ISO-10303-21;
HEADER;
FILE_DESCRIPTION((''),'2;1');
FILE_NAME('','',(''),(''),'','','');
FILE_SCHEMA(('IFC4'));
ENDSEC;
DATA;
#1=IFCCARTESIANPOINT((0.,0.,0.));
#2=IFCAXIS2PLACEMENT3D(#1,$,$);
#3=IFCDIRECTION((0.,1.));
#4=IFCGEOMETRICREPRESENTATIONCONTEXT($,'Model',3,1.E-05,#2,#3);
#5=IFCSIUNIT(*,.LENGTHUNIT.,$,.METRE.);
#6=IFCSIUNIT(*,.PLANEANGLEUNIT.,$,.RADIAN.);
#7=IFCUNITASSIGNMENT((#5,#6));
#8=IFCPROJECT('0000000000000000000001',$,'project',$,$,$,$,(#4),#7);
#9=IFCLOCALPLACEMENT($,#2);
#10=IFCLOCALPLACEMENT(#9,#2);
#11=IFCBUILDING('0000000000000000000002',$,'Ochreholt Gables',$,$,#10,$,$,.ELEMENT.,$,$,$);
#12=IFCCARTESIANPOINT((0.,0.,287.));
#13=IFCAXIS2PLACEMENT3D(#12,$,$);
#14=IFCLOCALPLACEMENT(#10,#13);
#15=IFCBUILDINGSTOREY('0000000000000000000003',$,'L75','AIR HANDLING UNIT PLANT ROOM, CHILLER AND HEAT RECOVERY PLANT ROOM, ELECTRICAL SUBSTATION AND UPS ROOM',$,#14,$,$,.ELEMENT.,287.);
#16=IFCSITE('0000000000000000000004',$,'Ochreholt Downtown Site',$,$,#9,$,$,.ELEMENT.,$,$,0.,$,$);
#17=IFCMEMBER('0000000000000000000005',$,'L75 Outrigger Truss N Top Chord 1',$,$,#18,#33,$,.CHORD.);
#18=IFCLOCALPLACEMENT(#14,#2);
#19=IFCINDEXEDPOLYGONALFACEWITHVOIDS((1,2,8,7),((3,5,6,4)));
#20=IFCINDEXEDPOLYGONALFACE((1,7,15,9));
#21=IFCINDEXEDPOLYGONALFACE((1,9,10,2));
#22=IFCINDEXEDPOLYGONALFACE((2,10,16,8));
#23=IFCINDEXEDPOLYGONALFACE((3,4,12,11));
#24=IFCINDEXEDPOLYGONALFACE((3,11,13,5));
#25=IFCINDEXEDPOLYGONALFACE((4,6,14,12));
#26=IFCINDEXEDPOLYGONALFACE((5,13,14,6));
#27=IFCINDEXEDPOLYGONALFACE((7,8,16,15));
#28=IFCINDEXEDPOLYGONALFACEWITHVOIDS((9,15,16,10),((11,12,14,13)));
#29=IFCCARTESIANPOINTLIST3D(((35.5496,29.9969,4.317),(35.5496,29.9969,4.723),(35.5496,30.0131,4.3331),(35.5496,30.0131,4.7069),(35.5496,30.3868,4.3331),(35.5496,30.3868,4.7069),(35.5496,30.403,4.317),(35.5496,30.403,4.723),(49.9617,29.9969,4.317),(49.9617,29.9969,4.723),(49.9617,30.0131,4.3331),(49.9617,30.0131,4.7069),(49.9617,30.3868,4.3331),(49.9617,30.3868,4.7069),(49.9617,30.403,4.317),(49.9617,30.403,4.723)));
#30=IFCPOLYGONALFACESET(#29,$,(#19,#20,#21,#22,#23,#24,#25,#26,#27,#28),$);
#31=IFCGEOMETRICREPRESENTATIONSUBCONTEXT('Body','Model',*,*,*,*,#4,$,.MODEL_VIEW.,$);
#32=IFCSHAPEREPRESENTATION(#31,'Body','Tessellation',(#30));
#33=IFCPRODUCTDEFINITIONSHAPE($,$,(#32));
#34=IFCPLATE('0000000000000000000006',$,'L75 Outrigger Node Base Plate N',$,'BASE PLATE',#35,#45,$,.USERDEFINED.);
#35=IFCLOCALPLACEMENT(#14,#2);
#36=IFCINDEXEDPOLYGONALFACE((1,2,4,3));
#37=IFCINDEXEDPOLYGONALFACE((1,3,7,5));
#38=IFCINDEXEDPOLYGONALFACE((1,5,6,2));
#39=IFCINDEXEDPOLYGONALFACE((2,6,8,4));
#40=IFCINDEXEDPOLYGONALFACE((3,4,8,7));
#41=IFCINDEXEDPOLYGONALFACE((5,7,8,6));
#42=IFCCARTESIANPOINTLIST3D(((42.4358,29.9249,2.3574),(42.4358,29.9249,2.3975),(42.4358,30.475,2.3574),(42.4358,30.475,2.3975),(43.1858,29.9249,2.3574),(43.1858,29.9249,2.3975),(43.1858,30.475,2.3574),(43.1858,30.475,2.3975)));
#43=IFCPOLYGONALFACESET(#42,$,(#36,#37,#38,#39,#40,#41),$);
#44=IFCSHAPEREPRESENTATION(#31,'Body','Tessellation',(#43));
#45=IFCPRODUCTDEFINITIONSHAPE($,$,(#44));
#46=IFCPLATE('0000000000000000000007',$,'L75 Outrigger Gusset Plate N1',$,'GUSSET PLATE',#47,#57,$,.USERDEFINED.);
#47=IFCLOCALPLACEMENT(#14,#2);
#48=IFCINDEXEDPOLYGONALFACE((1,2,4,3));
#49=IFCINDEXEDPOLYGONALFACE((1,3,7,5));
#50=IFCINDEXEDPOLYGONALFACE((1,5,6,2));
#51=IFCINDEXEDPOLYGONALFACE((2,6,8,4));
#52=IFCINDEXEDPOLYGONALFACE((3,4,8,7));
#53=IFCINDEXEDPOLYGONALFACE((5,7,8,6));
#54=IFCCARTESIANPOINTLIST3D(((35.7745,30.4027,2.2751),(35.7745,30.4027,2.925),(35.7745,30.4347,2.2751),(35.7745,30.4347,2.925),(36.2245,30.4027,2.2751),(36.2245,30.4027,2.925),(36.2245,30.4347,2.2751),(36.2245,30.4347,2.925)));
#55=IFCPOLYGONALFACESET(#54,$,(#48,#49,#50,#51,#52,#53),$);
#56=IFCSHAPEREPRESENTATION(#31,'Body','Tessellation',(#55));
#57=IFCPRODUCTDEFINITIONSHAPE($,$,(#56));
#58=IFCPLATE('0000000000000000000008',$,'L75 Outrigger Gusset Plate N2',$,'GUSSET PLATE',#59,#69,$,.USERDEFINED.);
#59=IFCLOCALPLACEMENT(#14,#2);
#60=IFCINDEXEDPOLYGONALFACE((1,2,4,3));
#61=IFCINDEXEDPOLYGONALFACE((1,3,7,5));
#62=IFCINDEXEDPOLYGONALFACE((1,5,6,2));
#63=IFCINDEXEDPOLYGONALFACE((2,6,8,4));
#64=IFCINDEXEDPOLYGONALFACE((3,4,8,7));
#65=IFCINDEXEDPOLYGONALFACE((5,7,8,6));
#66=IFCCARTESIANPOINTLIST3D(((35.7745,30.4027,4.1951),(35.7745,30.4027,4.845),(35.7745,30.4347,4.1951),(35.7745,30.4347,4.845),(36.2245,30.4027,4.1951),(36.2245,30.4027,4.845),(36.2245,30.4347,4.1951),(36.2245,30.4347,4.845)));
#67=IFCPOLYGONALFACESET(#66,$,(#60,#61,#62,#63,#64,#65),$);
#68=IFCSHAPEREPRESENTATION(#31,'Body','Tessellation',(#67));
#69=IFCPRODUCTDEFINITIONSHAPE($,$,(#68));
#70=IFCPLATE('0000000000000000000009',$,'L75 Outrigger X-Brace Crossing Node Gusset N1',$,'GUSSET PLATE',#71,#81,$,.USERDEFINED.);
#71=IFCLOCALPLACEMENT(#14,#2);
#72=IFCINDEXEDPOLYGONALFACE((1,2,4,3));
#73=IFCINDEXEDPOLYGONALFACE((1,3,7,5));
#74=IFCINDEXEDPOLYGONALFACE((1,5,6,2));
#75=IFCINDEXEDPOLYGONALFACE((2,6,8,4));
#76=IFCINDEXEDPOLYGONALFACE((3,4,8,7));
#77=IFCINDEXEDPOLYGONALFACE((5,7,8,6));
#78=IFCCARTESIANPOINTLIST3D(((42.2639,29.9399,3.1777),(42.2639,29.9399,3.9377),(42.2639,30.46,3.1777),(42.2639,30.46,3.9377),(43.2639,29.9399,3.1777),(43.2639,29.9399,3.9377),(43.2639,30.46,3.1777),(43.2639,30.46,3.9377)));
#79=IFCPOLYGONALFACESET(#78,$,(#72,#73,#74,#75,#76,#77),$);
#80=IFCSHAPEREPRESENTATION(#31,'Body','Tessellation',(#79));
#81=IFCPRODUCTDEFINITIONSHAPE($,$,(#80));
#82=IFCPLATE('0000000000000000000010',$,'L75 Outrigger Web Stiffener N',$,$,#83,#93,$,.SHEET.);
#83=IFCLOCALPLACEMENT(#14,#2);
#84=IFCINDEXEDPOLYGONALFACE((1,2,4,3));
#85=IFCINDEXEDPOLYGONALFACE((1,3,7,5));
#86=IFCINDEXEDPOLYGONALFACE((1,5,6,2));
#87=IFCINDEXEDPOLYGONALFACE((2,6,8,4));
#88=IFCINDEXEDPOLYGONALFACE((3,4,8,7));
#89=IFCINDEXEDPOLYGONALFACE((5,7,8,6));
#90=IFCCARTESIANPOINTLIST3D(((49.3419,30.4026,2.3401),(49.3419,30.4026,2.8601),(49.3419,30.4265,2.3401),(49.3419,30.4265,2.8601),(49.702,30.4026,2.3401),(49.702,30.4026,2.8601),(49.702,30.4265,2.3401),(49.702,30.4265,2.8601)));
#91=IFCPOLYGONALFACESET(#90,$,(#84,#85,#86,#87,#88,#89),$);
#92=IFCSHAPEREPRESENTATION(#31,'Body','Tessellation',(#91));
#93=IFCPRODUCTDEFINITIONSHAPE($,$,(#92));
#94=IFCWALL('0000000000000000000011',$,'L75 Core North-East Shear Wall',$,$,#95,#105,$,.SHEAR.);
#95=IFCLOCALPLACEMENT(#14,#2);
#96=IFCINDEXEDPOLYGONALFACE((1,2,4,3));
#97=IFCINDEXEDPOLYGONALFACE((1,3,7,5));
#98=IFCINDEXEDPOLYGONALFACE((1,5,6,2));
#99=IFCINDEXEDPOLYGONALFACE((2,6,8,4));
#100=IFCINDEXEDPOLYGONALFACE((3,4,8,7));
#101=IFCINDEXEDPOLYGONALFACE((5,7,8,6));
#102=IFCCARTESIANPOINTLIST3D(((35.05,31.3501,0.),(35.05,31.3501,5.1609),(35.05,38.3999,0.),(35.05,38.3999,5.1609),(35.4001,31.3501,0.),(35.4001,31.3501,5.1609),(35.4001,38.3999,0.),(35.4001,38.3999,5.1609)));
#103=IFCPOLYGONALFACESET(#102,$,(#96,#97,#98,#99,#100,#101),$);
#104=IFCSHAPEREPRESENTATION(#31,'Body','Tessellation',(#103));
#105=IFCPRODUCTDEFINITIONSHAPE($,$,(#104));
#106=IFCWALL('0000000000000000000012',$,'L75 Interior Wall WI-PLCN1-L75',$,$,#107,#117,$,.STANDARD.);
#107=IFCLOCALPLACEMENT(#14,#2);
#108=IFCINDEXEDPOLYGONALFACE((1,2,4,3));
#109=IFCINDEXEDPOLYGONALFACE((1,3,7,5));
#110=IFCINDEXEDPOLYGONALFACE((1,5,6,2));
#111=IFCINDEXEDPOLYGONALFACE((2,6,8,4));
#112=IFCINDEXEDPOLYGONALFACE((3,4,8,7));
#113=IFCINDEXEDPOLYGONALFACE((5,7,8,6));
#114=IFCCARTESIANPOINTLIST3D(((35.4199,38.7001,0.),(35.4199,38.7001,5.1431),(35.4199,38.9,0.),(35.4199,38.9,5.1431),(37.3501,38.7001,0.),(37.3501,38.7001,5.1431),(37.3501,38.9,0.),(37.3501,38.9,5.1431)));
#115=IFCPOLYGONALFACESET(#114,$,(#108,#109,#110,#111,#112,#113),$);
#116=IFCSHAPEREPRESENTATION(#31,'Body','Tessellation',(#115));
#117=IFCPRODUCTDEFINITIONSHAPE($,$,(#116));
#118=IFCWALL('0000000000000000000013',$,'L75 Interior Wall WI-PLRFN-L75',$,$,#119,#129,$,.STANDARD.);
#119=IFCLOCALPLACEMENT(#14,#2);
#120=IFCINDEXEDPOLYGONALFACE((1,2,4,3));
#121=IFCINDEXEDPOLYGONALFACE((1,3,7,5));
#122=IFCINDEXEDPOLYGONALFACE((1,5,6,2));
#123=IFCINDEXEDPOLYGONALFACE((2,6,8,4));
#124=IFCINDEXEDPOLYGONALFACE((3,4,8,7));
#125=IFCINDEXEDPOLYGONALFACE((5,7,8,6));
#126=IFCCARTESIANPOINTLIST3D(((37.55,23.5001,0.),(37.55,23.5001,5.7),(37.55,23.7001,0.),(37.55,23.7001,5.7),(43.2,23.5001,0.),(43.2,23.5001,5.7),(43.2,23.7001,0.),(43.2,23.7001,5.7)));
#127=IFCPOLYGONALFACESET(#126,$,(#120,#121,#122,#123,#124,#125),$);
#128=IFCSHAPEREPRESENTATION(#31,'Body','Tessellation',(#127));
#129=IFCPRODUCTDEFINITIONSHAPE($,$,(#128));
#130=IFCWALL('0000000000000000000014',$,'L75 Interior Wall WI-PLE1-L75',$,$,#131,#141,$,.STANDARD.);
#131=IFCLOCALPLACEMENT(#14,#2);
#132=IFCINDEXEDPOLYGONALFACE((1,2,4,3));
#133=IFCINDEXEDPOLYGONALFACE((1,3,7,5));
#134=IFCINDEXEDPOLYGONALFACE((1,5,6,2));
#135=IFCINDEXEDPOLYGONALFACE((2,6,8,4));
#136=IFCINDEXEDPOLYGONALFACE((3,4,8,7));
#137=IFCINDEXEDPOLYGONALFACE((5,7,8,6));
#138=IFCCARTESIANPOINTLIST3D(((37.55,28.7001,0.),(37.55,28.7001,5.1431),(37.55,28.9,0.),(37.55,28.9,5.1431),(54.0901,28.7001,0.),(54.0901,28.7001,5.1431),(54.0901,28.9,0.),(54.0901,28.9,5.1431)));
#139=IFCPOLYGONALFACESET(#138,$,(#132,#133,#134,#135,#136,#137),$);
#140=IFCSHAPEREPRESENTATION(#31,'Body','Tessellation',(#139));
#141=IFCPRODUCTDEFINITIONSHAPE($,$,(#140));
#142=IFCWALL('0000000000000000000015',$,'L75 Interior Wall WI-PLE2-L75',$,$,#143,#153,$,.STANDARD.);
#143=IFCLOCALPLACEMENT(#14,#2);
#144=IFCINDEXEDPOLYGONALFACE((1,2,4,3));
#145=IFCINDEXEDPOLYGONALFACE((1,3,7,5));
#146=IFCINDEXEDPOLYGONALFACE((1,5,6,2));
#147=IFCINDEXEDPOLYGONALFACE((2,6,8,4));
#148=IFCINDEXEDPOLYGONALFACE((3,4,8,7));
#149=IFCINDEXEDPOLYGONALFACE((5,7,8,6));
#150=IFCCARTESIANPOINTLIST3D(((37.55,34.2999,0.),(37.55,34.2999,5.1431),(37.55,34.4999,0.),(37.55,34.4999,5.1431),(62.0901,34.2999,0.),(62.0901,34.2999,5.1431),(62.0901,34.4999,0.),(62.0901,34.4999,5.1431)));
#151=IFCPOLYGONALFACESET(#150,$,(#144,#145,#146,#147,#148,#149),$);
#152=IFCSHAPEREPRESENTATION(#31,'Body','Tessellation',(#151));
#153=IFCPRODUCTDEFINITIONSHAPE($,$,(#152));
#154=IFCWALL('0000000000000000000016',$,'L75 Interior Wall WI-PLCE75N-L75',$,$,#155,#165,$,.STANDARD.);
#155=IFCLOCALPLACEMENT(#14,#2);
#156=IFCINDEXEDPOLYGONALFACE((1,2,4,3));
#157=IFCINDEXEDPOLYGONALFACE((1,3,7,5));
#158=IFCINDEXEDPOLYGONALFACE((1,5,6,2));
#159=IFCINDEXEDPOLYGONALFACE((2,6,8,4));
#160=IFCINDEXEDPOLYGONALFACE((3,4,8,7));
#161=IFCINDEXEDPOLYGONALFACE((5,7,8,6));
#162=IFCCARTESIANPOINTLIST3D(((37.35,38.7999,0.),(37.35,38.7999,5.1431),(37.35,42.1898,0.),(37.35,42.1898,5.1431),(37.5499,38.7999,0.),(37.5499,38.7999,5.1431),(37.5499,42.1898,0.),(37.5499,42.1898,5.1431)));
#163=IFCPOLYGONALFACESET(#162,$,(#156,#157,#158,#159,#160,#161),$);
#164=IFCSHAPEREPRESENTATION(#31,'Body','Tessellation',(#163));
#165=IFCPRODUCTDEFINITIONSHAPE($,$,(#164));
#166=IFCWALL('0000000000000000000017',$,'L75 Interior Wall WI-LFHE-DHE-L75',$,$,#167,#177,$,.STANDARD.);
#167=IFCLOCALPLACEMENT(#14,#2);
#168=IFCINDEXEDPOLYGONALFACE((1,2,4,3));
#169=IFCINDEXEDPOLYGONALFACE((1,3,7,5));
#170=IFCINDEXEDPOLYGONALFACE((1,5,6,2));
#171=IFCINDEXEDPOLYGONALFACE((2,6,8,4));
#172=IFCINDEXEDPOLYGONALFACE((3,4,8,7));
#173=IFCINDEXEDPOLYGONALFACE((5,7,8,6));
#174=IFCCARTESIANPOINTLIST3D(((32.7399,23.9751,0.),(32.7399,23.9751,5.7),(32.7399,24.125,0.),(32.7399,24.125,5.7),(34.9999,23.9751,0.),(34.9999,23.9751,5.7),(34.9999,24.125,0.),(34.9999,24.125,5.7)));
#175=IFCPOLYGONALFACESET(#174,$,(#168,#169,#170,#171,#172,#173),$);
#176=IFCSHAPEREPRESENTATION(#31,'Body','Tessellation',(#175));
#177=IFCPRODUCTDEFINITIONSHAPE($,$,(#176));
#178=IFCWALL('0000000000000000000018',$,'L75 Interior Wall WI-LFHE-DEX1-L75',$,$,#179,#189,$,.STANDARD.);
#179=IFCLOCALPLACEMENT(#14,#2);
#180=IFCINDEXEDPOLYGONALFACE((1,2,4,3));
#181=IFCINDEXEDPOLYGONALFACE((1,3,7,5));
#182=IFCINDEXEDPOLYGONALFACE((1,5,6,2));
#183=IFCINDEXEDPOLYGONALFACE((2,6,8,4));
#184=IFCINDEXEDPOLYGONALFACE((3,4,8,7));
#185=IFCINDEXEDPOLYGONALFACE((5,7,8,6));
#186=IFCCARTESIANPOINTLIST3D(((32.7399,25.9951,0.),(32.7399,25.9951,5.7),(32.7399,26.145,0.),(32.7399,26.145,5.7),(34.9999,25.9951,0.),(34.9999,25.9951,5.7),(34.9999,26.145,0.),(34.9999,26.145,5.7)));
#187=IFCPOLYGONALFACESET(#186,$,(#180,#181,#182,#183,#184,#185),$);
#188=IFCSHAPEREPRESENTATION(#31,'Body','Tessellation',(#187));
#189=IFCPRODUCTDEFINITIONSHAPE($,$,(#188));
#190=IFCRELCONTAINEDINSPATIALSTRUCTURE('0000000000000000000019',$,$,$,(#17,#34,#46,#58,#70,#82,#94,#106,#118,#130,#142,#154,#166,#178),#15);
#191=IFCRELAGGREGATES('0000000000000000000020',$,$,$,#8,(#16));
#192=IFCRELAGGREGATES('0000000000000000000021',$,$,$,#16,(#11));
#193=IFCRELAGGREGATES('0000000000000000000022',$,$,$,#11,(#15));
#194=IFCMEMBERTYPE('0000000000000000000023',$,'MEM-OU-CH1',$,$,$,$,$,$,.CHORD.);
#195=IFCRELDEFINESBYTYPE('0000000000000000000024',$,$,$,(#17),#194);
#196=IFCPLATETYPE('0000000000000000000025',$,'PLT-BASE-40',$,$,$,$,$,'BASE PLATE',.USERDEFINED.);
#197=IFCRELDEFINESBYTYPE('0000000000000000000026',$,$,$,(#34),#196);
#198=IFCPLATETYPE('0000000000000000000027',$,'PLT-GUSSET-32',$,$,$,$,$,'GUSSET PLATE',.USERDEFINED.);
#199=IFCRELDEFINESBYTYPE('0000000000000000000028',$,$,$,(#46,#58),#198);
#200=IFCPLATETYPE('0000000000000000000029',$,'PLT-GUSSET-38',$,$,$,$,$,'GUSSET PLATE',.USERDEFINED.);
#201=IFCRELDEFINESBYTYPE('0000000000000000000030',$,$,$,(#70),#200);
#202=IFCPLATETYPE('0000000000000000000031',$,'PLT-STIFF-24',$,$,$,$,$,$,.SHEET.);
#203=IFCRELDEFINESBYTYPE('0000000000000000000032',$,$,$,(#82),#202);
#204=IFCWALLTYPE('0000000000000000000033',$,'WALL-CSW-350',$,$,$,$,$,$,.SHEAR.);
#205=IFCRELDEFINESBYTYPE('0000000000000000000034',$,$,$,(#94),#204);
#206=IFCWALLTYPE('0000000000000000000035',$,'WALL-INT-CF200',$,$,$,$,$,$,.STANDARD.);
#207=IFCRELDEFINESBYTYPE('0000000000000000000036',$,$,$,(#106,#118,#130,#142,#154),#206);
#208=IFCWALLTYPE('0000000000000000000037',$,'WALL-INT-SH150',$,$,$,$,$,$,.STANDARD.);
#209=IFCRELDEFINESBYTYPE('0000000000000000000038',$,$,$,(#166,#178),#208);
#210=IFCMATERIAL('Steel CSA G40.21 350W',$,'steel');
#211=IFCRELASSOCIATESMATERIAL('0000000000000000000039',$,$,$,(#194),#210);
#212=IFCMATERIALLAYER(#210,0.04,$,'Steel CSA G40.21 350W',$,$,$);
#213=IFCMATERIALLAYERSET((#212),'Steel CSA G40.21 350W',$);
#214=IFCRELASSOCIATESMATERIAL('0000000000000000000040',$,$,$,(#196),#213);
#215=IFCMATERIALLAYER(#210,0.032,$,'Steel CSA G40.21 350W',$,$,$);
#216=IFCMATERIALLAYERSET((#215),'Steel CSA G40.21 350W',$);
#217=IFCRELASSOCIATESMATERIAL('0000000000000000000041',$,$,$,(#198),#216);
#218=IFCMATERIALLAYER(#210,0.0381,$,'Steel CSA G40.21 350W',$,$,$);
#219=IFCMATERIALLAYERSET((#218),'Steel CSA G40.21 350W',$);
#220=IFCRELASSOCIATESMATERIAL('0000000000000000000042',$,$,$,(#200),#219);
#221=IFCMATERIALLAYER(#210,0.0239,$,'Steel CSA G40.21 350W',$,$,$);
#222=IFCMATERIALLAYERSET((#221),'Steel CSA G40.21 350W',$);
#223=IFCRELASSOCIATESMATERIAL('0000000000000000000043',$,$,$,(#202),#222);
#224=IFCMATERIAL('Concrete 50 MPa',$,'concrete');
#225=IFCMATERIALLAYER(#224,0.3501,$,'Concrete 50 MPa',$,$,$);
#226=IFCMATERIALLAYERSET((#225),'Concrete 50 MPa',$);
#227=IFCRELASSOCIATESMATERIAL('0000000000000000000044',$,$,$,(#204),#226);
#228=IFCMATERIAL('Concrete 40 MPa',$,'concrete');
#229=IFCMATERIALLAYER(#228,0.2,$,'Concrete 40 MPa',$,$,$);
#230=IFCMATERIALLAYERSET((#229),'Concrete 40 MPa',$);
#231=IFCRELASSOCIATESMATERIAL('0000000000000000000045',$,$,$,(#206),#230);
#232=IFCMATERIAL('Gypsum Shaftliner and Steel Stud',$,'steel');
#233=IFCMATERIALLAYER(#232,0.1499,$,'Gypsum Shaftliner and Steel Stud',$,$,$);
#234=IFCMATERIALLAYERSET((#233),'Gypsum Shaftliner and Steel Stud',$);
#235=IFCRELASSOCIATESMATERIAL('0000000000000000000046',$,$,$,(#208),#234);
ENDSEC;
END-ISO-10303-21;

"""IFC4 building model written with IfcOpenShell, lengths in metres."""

from ifc_helpers import new_model, si_unit, direction, frame, frame_2d, origin, origin_2d, place, context, subcontext, project, spatial, rectangle, hollow_rectangle, extrude, material, layer, layer_set, material_profile, profile_set, type_object, element, save


model = new_model("IFC4")

# Units and contexts
model_context = context("Model", 3, precision=1e-05, world=origin(), true_north=direction((0.0, 1.0)))
body_context = subcontext(model_context, "Body", "Model", "MODEL_VIEW")
ifc_project = project(units=[si_unit("LENGTHUNIT", "METRE"), si_unit("PLANEANGLEUNIT", "RADIAN")], contexts=[model_context])

# Site, building, storey
site_placement = place(None, origin())
site = spatial("IfcSite", under=ifc_project, at=site_placement, Name="Ochreholt Downtown Site", CompositionType="ELEMENT", RefElevation=0.0)
building_placement = place(site_placement, origin())
building = spatial("IfcBuilding", under=site, at=building_placement, Name="Ochreholt Gables", CompositionType="ELEMENT")
storey_placement = place(building_placement, frame((0.0, 0.0, 287.0)))
storey = spatial("IfcBuildingStorey", under=building, at=storey_placement, Name="L75", Description="AIR HANDLING UNIT PLANT ROOM, CHILLER AND HEAT RECOVERY PLANT ROOM, ELECTRICAL SUBSTATION AND UPS ROOM", CompositionType="ELEMENT", Elevation=287.0)

# Shared definitions
ifc_material_1 = material(Name="Concrete 50 MPa", Category="concrete")

# Shared definitions
ifc_material_2 = material(Name="Steel CSA G40.21 350W", Category="steel")

# Member
ifc_material_profile_1 = material_profile(ifc_material_2, hollow_rectangle(XDim=0.406, YDim=0.406, WallThickness=0.0161, at=origin_2d()), Name="HSS406X406X16")
ifc_profile_set_1 = profile_set([ifc_material_profile_1], Name="Steel CSA G40.21 350W")
member_type_1 = type_object("IfcMemberType", Name="MEM-OU-CH1", PredefinedType="CHORD", material=ifc_profile_set_1)
member_1_placement = place(storey_placement, frame((35.5496, 30.2, 4.52), z_axis=(1.0, 0.0, 0.0), x_axis=(0.0, 1.0, 0.0)))
element("IfcMember", 1, at=member_1_placement, inside=storey, type_object=member_type_1, Name="L75 Outrigger Truss N Top Chord 1", PredefinedType="CHORD", context=body_context, shape_type="SweptSolid", body=[
    extrude(hollow_rectangle(XDim=0.406, YDim=0.406, WallThickness=0.0161, at=origin_2d()), origin(), (0.0, 0.0, 1.0), 14.4121),
])

# Plates
ifc_layer_1 = layer(ifc_material_2, 0.04, Name="Steel CSA G40.21 350W")
ifc_layer_set_1 = layer_set([ifc_layer_1], Name="Steel CSA G40.21 350W")
plate_type_1 = type_object("IfcPlateType", Name="PLT-BASE-40", ElementType="BASE PLATE", PredefinedType="USERDEFINED", material=ifc_layer_set_1)
plate_1_placement = place(storey_placement, frame((42.8108, 30.2, 2.3574), z_axis=(0.0, 0.0, 1.0), x_axis=(1.0, 0.0, 0.0)))
element("IfcPlate", 2, at=plate_1_placement, inside=storey, type_object=plate_type_1, Name="L75 Outrigger Node Base Plate N", ObjectType="BASE PLATE", PredefinedType="USERDEFINED", context=body_context, shape_type="SweptSolid", body=[
    extrude(rectangle(XDim=0.75, YDim=0.55, at=origin_2d()), origin(), (0.0, 0.0, 1.0), 0.04),
])
ifc_layer_2 = layer(ifc_material_2, 0.032, Name="Steel CSA G40.21 350W")
ifc_layer_set_2 = layer_set([ifc_layer_2], Name="Steel CSA G40.21 350W")
plate_type_2 = type_object("IfcPlateType", Name="PLT-GUSSET-32", ElementType="GUSSET PLATE", PredefinedType="USERDEFINED", material=ifc_layer_set_2)
for number, where, z_axis, x_axis, name in (
    (3, (35.9995, 30.4187, 2.2751), (0.0, 0.0, 1.0), (1.0, 0.0, 0.0), "L75 Outrigger Gusset Plate N1"),
    (4, (35.9995, 30.4187, 4.1951), (0.0, 0.0, 1.0), (1.0, 0.0, 0.0), "L75 Outrigger Gusset Plate N2"),
):
    element("IfcPlate", number, at=place(storey_placement, frame(where, z_axis=z_axis, x_axis=x_axis)), inside=storey, type_object=plate_type_2, Name=name, ObjectType="GUSSET PLATE", PredefinedType="USERDEFINED", context=body_context, shape_type="SweptSolid", body=[
        extrude(rectangle(XDim=0.45, YDim=0.032, at=origin_2d()), origin(), (0.0, 0.0, 1.0), 0.6499),
    ])
ifc_layer_3 = layer(ifc_material_2, 0.0381, Name="Steel CSA G40.21 350W")
ifc_layer_set_3 = layer_set([ifc_layer_3], Name="Steel CSA G40.21 350W")
plate_type_3 = type_object("IfcPlateType", Name="PLT-GUSSET-38", ElementType="GUSSET PLATE", PredefinedType="USERDEFINED", material=ifc_layer_set_3)
plate_2_placement = place(storey_placement, frame((42.7639, 30.2, 3.1777), z_axis=(0.0, 0.0, 1.0), x_axis=(1.0, 0.0, 0.0)))
element("IfcPlate", 5, at=plate_2_placement, inside=storey, type_object=plate_type_3, Name="L75 Outrigger X-Brace Crossing Node Gusset N1", ObjectType="GUSSET PLATE", PredefinedType="USERDEFINED", context=body_context, shape_type="SweptSolid", body=[
    extrude(rectangle(XDim=1.0, YDim=0.52, at=origin_2d()), origin(), (0.0, 0.0, 1.0), 0.76),
])
ifc_layer_4 = layer(ifc_material_2, 0.0239, Name="Steel CSA G40.21 350W")
ifc_layer_set_4 = layer_set([ifc_layer_4], Name="Steel CSA G40.21 350W")
plate_type_4 = type_object("IfcPlateType", Name="PLT-STIFF-24", PredefinedType="SHEET", material=ifc_layer_set_4)
plate_3_placement = place(storey_placement, frame((49.522, 30.4146, 2.3401), z_axis=(0.0, 0.0, 1.0), x_axis=(1.0, 0.0, 0.0)))
element("IfcPlate", 6, at=plate_3_placement, inside=storey, type_object=plate_type_4, Name="L75 Outrigger Web Stiffener N", PredefinedType="SHEET", context=body_context, shape_type="SweptSolid", body=[
    extrude(rectangle(XDim=0.3601, YDim=0.0239, at=origin_2d()), origin(), (0.0, 0.0, 1.0), 0.52),
])

# Walls
ifc_layer_5 = layer(ifc_material_1, 0.3501, Name="Concrete 50 MPa")
ifc_layer_set_5 = layer_set([ifc_layer_5], Name="Concrete 50 MPa")
wall_type_1 = type_object("IfcWallType", Name="WALL-CSW-350", PredefinedType="SHEAR", material=ifc_layer_set_5)
wall_1_placement = place(storey_placement, frame((35.2251, 31.3501, 0.0), z_axis=(0.0, 0.0, 1.0), x_axis=(0.0, 1.0, 0.0)))
element("IfcWall", 7, at=wall_1_placement, inside=storey, type_object=wall_type_1, Name="L75 Core North-East Shear Wall", PredefinedType="SHEAR", context=body_context, shape_type="SweptSolid", body=[
    extrude(rectangle(XDim=7.0498, YDim=0.3501, at=frame_2d((3.5249, 0.0))), origin(), (0.0, 0.0, 1.0), 5.1609),
])
ifc_material_3 = material(Name="Concrete 40 MPa", Category="concrete")
ifc_layer_6 = layer(ifc_material_3, 0.2, Name="Concrete 40 MPa")
ifc_layer_set_6 = layer_set([ifc_layer_6], Name="Concrete 40 MPa")
wall_type_2 = type_object("IfcWallType", Name="WALL-INT-CF200", PredefinedType="STANDARD", material=ifc_layer_set_6)
wall_2_placement = place(storey_placement, frame((35.4199, 38.8, 0.0), z_axis=(0.0, 0.0, 1.0), x_axis=(1.0, 0.0, 0.0)))
element("IfcWall", 8, at=wall_2_placement, inside=storey, type_object=wall_type_2, Name="L75 Interior Wall WI-PLCN1-L75", PredefinedType="STANDARD", context=body_context, shape_type="SweptSolid", body=[
    extrude(rectangle(XDim=1.9302, YDim=0.2, at=frame_2d((0.9651, 0.0))), origin(), (0.0, 0.0, 1.0), 5.1431),
])
wall_3_placement = place(storey_placement, frame((37.55, 23.6001, 0.0), z_axis=(0.0, 0.0, 1.0), x_axis=(1.0, 0.0, 0.0)))
element("IfcWall", 9, at=wall_3_placement, inside=storey, type_object=wall_type_2, Name="L75 Interior Wall WI-PLRFN-L75", PredefinedType="STANDARD", context=body_context, shape_type="SweptSolid", body=[
    extrude(rectangle(XDim=5.6499, YDim=0.2, at=frame_2d((2.825, 0.0))), origin(), (0.0, 0.0, 1.0), 5.7),
])
wall_4_placement = place(storey_placement, frame((37.55, 28.8, 0.0), z_axis=(0.0, 0.0, 1.0), x_axis=(1.0, 0.0, 0.0)))
element("IfcWall", 10, at=wall_4_placement, inside=storey, type_object=wall_type_2, Name="L75 Interior Wall WI-PLE1-L75", PredefinedType="STANDARD", context=body_context, shape_type="SweptSolid", body=[
    extrude(rectangle(XDim=16.54, YDim=0.2, at=frame_2d((8.27, 0.0))), origin(), (0.0, 0.0, 1.0), 5.1431),
])
wall_5_placement = place(storey_placement, frame((37.55, 34.3999, 0.0), z_axis=(0.0, 0.0, 1.0), x_axis=(1.0, 0.0, 0.0)))
element("IfcWall", 11, at=wall_5_placement, inside=storey, type_object=wall_type_2, Name="L75 Interior Wall WI-PLE2-L75", PredefinedType="STANDARD", context=body_context, shape_type="SweptSolid", body=[
    extrude(rectangle(XDim=24.54, YDim=0.2, at=frame_2d((12.27, 0.0))), origin(), (0.0, 0.0, 1.0), 5.1431),
])
wall_6_placement = place(storey_placement, frame((37.45, 38.8, 0.0), z_axis=(0.0, 0.0, 1.0), x_axis=(0.0, 1.0, 0.0)))
element("IfcWall", 12, at=wall_6_placement, inside=storey, type_object=wall_type_2, Name="L75 Interior Wall WI-PLCE75N-L75", PredefinedType="STANDARD", context=body_context, shape_type="SweptSolid", body=[
    extrude(rectangle(XDim=3.3899, YDim=0.2, at=frame_2d((1.6948, 0.0))), origin(), (0.0, 0.0, 1.0), 5.1431),
])
ifc_material_4 = material(Name="Gypsum Shaftliner and Steel Stud", Category="steel")
ifc_layer_7 = layer(ifc_material_4, 0.1499, Name="Gypsum Shaftliner and Steel Stud")
ifc_layer_set_7 = layer_set([ifc_layer_7], Name="Gypsum Shaftliner and Steel Stud")
wall_type_3 = type_object("IfcWallType", Name="WALL-INT-SH150", PredefinedType="STANDARD", material=ifc_layer_set_7)
for number, where, z_axis, x_axis, name in (
    (13, (32.74, 24.05, 0.0), (0.0, 0.0, 1.0), (1.0, 0.0, 0.0), "L75 Interior Wall WI-LFHE-DHE-L75"),
    (14, (32.74, 26.0701, 0.0), (0.0, 0.0, 1.0), (1.0, 0.0, 0.0), "L75 Interior Wall WI-LFHE-DEX1-L75"),
):
    element("IfcWall", number, at=place(storey_placement, frame(where, z_axis=z_axis, x_axis=x_axis)), inside=storey, type_object=wall_type_3, Name=name, PredefinedType="STANDARD", context=body_context, shape_type="SweptSolid", body=[
        extrude(rectangle(XDim=2.26, YDim=0.1499, at=frame_2d((1.1299, 0.0))), origin(), (0.0, 0.0, 1.0), 5.7),
    ])

save(model, "model.ifc")
